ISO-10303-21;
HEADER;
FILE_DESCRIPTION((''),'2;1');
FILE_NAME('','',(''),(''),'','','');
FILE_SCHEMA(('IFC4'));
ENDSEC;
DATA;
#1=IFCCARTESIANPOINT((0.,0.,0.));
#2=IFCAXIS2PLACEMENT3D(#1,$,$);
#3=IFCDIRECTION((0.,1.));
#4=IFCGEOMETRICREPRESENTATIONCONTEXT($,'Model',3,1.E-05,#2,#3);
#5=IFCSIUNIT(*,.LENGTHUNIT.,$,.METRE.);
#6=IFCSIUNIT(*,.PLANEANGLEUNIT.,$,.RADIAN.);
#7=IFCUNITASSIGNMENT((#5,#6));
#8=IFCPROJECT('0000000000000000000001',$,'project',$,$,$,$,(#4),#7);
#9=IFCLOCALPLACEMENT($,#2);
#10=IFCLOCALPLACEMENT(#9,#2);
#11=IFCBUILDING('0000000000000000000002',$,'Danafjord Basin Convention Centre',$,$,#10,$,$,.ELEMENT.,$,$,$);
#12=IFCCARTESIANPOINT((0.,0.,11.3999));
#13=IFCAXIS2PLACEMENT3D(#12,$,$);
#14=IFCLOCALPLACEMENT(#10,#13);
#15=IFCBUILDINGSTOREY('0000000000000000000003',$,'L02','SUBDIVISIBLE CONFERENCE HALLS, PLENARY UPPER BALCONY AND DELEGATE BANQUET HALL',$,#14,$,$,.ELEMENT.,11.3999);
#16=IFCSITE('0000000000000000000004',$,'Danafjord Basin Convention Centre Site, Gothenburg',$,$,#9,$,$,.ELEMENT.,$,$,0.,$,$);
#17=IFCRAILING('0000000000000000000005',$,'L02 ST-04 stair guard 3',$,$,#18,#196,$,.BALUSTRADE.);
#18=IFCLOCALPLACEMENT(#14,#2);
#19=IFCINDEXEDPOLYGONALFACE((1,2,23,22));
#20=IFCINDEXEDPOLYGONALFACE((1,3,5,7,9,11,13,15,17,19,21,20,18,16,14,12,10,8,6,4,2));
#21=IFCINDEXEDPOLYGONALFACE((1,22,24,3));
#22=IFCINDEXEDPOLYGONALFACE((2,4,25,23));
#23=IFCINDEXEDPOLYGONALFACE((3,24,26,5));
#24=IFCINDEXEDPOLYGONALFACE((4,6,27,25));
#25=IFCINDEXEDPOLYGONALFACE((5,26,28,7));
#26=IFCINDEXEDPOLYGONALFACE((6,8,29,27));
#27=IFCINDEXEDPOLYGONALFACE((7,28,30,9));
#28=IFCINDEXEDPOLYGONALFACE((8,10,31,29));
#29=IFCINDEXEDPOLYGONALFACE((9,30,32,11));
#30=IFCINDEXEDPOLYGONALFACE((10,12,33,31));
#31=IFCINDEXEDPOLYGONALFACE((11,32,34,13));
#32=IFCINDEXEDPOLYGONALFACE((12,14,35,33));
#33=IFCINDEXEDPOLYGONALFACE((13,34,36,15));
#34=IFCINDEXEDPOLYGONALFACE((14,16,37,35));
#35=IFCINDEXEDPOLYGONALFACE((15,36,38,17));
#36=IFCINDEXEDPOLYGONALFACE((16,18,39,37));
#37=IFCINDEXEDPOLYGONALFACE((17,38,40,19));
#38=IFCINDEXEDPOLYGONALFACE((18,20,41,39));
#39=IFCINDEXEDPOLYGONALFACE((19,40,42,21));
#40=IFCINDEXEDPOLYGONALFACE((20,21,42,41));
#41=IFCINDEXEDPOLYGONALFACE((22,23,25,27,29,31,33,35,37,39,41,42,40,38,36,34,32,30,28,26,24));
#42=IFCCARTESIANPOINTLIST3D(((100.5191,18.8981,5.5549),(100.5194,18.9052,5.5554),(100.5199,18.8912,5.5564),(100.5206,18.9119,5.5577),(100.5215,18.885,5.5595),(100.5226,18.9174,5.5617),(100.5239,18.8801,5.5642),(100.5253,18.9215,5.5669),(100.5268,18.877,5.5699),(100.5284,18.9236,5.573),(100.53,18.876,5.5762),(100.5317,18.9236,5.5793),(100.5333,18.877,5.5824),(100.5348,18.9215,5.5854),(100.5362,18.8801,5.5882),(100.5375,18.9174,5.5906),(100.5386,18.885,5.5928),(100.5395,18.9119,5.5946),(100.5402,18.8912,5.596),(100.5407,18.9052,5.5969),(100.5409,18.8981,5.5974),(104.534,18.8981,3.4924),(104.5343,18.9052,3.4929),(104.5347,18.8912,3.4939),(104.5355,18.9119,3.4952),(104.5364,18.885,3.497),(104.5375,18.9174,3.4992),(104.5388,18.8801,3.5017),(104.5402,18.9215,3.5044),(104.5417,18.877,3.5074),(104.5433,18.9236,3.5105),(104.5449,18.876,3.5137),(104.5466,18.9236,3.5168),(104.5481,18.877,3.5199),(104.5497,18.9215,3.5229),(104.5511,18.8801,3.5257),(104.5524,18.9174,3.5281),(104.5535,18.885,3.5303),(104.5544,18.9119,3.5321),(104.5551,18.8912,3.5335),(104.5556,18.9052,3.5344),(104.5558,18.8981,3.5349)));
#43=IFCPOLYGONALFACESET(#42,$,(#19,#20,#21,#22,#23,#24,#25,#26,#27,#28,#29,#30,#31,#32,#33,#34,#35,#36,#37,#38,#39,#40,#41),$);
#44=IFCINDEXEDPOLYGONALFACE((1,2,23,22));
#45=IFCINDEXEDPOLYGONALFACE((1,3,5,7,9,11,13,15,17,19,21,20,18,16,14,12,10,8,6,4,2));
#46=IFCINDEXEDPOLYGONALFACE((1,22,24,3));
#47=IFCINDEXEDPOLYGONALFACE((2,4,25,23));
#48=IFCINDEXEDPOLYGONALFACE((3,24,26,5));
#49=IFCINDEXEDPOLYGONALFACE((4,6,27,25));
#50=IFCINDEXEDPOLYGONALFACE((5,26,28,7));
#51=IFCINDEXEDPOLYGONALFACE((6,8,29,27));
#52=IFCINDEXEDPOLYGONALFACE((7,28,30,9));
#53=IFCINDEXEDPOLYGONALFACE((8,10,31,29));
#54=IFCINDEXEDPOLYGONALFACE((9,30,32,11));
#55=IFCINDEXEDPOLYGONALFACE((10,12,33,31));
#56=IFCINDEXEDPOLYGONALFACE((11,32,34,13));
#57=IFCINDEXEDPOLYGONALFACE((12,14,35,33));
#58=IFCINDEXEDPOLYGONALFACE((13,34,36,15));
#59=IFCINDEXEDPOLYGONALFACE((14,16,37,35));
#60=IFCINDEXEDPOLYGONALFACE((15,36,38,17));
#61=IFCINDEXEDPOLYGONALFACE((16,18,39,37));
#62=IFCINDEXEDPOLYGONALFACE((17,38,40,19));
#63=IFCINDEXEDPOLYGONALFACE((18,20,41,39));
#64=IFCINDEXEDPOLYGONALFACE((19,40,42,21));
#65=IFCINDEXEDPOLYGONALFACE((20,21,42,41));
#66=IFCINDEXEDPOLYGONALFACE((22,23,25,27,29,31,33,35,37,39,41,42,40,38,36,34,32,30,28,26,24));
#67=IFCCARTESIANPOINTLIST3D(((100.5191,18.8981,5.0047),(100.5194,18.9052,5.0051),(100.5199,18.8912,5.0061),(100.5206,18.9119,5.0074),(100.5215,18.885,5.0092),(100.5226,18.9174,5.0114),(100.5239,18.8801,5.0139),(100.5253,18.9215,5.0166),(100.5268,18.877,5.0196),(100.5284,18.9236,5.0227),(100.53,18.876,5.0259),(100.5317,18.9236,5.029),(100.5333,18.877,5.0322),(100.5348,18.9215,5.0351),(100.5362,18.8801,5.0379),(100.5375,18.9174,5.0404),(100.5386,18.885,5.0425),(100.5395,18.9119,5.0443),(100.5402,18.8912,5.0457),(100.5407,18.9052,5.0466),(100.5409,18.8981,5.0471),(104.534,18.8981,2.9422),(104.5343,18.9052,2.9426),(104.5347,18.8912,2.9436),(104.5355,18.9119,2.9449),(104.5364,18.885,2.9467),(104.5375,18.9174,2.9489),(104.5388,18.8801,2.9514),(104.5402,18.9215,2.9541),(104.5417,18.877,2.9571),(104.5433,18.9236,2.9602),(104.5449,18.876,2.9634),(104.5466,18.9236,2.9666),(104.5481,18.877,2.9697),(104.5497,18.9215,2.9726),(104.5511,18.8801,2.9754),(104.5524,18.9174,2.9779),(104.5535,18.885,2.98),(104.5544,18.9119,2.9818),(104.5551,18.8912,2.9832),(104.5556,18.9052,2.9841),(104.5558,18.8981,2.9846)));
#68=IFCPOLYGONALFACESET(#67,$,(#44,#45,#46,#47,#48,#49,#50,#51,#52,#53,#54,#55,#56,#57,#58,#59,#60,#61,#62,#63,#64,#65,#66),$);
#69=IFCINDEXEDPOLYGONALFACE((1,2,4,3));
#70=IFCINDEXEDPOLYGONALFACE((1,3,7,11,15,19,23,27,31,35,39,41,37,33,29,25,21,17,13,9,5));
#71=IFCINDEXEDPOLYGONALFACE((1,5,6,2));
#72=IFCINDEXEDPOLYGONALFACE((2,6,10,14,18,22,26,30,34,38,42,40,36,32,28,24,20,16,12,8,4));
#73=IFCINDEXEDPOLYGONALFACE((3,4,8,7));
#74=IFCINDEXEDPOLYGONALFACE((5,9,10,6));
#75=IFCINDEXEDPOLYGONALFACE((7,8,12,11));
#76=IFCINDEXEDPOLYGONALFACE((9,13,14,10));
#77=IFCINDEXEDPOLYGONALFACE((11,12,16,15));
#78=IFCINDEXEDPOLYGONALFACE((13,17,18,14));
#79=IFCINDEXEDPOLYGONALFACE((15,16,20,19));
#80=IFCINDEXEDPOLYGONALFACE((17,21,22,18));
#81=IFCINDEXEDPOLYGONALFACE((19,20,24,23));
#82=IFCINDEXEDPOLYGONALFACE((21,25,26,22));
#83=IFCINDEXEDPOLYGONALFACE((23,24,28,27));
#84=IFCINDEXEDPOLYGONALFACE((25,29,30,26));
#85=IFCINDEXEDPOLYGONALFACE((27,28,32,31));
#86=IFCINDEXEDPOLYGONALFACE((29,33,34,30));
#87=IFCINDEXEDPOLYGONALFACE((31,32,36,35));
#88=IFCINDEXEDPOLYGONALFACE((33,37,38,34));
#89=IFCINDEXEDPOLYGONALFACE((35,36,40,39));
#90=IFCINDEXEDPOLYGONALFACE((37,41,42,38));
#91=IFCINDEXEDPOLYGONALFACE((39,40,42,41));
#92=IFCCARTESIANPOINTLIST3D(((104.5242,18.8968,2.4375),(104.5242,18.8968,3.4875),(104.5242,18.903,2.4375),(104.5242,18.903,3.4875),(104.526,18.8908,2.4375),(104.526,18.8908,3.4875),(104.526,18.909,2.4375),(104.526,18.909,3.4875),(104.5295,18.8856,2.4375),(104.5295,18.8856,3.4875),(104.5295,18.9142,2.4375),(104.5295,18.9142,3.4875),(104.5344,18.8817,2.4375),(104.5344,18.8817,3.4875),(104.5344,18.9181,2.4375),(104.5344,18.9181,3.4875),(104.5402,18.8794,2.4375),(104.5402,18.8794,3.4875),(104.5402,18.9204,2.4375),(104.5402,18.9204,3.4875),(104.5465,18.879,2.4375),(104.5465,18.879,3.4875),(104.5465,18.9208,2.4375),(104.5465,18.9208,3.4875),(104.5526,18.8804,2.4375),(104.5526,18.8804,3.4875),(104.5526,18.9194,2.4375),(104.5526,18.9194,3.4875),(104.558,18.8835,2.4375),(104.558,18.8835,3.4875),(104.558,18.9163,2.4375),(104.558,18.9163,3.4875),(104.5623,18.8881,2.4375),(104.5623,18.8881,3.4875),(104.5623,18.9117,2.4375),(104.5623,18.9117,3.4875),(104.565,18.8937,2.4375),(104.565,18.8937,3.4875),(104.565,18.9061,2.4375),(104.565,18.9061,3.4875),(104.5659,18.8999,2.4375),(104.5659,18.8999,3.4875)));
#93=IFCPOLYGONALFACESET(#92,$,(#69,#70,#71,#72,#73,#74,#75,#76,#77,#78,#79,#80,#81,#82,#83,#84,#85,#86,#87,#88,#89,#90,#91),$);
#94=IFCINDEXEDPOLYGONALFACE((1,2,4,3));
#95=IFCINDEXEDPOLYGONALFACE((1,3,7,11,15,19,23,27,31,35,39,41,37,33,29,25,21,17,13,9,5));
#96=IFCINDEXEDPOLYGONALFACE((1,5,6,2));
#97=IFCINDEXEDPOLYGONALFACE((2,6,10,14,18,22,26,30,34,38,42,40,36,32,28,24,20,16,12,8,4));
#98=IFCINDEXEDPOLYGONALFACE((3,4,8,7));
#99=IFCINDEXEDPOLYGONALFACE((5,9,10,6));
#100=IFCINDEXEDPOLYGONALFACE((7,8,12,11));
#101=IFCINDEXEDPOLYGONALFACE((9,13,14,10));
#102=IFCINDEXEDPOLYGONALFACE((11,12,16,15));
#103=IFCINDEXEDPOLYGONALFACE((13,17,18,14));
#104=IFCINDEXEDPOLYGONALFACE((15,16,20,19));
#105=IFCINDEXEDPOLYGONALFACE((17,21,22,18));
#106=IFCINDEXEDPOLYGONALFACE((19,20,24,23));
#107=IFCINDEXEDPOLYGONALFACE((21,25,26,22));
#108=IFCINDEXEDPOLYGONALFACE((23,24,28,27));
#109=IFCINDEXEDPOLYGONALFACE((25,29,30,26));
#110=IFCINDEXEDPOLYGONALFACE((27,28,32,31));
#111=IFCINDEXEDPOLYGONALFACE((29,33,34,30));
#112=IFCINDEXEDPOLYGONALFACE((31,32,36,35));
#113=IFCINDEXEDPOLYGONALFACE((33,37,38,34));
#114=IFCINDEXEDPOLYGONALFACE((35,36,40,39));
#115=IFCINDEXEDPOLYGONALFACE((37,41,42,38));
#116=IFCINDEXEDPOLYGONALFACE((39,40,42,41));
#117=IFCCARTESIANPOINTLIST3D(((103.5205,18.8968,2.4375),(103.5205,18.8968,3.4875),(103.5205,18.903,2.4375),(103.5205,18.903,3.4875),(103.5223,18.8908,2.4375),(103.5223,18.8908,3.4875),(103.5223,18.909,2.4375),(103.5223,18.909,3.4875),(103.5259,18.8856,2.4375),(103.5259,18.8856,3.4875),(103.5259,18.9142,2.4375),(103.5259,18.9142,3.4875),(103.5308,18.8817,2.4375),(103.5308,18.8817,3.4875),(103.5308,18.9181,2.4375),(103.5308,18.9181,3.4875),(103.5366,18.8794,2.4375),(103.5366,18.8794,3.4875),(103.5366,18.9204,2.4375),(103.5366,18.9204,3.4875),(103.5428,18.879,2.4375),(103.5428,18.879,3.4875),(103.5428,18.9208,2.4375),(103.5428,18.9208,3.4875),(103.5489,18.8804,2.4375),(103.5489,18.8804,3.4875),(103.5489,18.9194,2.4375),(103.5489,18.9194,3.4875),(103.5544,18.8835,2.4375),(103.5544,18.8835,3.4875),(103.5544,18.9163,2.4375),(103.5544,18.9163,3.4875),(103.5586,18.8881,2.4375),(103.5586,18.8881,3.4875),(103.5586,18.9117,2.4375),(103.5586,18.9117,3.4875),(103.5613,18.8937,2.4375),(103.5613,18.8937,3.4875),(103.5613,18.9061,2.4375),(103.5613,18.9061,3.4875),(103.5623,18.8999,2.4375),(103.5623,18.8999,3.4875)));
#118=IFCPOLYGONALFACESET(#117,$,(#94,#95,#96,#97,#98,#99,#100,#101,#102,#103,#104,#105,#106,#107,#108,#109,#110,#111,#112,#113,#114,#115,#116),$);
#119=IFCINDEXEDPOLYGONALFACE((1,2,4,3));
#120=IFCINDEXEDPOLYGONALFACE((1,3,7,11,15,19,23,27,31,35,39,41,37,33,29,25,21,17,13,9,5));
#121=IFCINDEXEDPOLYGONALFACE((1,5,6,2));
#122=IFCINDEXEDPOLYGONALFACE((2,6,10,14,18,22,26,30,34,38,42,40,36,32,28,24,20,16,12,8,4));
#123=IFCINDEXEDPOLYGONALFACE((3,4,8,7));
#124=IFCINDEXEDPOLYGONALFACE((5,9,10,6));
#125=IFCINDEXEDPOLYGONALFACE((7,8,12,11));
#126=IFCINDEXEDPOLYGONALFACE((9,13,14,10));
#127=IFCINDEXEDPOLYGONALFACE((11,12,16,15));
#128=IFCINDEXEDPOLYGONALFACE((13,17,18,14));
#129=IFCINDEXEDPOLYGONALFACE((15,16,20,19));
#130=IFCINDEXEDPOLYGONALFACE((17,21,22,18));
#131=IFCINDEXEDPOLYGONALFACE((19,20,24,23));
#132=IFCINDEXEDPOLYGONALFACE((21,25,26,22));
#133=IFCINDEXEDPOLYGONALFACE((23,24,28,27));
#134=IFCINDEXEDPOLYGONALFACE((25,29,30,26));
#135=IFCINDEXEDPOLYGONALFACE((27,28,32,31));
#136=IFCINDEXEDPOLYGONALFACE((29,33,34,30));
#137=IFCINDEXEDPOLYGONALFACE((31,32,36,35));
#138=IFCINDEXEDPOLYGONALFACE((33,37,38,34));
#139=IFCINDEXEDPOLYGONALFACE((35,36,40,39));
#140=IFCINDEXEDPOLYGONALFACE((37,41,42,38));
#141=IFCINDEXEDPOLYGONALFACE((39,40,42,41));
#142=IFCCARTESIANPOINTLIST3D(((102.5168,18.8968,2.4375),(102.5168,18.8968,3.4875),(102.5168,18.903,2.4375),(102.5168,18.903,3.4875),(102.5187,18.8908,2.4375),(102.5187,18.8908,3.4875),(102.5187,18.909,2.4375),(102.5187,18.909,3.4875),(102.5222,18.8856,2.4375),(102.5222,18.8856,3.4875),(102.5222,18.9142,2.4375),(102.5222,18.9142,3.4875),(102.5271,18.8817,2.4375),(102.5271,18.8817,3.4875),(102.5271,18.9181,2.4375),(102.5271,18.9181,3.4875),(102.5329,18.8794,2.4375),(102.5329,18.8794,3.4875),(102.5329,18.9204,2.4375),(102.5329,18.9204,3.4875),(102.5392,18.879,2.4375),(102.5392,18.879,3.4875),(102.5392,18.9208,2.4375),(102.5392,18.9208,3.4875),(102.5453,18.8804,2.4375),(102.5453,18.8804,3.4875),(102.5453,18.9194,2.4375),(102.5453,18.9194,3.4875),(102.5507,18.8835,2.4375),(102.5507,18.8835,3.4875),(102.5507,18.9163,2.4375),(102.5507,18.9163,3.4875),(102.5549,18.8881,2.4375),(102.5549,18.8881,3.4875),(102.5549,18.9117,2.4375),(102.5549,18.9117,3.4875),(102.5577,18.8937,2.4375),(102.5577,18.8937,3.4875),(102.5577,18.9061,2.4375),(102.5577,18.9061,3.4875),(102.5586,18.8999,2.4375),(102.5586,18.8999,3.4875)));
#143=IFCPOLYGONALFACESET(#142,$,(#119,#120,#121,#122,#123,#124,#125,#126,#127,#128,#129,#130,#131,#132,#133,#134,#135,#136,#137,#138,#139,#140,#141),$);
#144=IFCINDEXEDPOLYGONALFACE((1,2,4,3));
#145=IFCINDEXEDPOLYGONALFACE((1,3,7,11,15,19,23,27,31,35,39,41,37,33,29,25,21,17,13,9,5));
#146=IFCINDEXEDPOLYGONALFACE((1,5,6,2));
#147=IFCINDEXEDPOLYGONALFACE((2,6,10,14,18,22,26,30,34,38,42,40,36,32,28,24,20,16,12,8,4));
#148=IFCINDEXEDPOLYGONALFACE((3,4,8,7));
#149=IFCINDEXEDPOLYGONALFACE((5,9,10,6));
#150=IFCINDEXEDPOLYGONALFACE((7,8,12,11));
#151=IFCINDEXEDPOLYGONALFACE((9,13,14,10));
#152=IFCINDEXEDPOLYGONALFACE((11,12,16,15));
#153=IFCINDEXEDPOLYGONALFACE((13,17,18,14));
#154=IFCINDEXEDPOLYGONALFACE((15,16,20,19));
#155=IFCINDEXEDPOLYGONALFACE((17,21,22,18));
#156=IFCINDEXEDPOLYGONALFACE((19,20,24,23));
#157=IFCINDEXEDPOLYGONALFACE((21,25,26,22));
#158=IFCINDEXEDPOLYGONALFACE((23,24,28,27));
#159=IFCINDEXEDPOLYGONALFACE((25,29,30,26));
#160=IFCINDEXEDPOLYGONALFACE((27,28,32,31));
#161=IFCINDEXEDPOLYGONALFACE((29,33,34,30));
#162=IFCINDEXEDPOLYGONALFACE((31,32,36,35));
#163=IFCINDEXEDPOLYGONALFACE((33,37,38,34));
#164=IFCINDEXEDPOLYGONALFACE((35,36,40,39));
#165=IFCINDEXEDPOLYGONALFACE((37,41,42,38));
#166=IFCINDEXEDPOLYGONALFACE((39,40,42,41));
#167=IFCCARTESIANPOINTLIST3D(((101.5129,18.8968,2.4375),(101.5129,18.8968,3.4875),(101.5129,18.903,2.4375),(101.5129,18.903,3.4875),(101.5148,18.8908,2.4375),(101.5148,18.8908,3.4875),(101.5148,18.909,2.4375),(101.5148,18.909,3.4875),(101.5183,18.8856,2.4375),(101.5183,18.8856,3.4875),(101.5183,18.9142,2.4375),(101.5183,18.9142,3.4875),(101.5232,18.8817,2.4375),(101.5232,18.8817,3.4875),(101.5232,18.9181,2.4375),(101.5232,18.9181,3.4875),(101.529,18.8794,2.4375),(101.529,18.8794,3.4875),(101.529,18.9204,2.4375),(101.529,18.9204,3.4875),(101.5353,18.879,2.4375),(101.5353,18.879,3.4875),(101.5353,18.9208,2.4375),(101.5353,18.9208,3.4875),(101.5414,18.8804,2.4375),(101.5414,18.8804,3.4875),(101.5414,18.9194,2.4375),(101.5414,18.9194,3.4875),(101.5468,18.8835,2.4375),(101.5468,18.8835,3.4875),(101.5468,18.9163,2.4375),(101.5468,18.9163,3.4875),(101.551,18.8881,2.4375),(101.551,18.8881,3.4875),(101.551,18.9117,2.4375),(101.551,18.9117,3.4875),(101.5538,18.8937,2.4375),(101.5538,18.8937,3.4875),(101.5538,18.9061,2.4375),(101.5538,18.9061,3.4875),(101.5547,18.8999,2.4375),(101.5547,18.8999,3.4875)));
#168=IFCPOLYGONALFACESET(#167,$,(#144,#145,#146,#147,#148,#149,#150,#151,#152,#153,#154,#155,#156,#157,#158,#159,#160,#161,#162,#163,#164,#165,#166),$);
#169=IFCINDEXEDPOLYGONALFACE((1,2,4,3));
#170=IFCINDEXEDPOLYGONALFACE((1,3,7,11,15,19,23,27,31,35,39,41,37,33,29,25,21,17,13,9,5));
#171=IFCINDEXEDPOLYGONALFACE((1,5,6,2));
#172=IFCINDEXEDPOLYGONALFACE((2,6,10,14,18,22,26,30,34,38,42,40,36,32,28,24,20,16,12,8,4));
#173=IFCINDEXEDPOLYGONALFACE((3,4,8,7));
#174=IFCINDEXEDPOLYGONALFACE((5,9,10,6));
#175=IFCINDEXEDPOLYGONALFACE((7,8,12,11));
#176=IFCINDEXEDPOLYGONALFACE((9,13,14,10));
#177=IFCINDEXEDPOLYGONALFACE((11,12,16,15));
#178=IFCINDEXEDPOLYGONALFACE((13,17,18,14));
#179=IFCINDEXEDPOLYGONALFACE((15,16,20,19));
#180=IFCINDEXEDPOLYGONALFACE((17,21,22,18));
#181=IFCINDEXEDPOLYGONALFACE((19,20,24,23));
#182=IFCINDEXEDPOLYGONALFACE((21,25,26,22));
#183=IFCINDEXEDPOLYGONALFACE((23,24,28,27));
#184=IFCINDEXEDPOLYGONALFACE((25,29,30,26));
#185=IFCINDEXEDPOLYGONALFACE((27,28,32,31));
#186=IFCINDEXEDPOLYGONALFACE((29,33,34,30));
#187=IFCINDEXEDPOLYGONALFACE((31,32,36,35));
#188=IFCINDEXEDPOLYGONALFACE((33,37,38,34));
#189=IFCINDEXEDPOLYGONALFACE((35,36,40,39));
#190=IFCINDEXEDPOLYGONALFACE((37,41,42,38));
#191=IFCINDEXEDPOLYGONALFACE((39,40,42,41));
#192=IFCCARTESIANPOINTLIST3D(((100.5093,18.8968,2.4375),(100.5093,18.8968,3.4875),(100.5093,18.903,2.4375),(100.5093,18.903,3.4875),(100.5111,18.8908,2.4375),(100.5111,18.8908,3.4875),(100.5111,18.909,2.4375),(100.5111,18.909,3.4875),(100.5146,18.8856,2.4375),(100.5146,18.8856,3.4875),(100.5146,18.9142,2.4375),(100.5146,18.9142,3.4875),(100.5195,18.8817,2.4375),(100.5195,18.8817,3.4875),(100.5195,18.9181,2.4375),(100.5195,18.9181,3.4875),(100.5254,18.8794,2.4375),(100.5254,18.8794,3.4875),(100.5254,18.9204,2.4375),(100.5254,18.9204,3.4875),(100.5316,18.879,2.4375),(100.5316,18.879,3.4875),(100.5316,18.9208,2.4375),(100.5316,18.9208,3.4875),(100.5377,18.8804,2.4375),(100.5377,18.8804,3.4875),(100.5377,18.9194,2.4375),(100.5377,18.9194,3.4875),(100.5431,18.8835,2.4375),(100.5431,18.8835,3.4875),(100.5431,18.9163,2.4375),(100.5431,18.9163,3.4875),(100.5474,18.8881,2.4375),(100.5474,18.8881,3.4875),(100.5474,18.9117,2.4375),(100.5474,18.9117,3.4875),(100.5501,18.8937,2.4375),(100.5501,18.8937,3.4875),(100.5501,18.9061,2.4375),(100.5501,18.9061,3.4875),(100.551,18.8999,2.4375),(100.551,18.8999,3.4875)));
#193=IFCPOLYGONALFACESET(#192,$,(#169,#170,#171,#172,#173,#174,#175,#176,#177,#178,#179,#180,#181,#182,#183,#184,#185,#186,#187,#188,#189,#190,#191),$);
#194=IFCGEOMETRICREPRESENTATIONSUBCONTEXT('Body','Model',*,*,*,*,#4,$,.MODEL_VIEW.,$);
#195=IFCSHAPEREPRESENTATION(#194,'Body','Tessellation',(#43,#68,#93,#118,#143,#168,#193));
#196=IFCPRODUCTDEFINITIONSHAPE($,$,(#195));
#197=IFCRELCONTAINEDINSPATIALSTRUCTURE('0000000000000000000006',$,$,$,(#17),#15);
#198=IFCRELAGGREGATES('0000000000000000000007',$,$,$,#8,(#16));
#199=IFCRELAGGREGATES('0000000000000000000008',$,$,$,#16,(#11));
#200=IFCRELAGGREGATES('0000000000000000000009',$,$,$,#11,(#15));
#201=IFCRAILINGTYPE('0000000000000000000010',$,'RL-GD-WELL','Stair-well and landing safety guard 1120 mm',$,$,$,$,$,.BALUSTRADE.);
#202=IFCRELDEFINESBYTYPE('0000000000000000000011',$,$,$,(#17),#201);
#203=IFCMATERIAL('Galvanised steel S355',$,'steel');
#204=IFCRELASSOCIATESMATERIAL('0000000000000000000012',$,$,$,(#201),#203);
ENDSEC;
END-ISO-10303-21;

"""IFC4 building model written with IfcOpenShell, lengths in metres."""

from ifc_helpers import new_model, si_unit, direction, frame, origin, origin_2d, place, context, subcontext, project, spatial, circle, extrude, material, type_object, element, save


model = new_model("IFC4")

# Units and contexts
model_context = context("Model", 3, precision=1e-05, world=origin(), true_north=direction((0.0, 1.0)))
body_context = subcontext(model_context, "Body", "Model", "MODEL_VIEW")
ifc_project = project(units=[si_unit("LENGTHUNIT", "METRE"), si_unit("PLANEANGLEUNIT", "RADIAN")], contexts=[model_context])

# Site, building, storey
site_placement = place(None, origin())
site = spatial("IfcSite", under=ifc_project, at=site_placement, Name="Danafjord Basin Convention Centre Site, Gothenburg", CompositionType="ELEMENT", RefElevation=0.0)
building_placement = place(site_placement, origin())
building = spatial("IfcBuilding", under=site, at=building_placement, Name="Danafjord Basin Convention Centre", CompositionType="ELEMENT")
storey_placement = place(building_placement, frame((0.0, 0.0, 11.3999)))
storey = spatial("IfcBuildingStorey", under=building, at=storey_placement, Name="L02", Description="SUBDIVISIBLE CONFERENCE HALLS, PLENARY UPPER BALCONY AND DELEGATE BANQUET HALL", CompositionType="ELEMENT", Elevation=11.3999)

# Railing
ifc_material_1 = material(Name="Galvanised steel S355", Category="steel")
railing_type_1 = type_object("IfcRailingType", Name="RL-GD-WELL", Description="Stair-well and landing safety guard 1120 mm", PredefinedType="BALUSTRADE", material=ifc_material_1)
railing_1_placement = place(storey_placement, frame((104.5449, 18.8999, 2.4375)))
element("IfcRailing", 1, at=railing_1_placement, inside=storey, type_object=railing_type_1, Name="L02 ST-04 stair guard 3", PredefinedType="BALUSTRADE", context=body_context, shape_type="SweptSolid", body=[
    extrude(circle(Radius=0.0239, at=origin_2d()), frame((0.0, 0.0, 1.0762), z_axis=(-0.889495, 0.0, 0.456945), x_axis=(0.0, -1.0, 0.0)), (0.0, 0.0, 1.0), 4.5137),
    extrude(circle(Radius=0.0239, at=origin_2d()), frame((0.0, 0.0, 0.5259), z_axis=(-0.889495, 0.0, 0.456945), x_axis=(0.0, -1.0, 0.0)), (0.0, 0.0, 1.0), 4.5137),
    extrude(circle(Radius=0.021, at=origin_2d()), origin(), (0.0, 0.0, 1.0), 1.05),
    extrude(circle(Radius=0.021, at=origin_2d()), frame((-1.0037, 0.0, 0.0)), (0.0, 0.0, 1.0), 1.05),
    extrude(circle(Radius=0.021, at=origin_2d()), frame((-2.0073, 0.0, 0.0)), (0.0, 0.0, 1.0), 1.05),
    extrude(circle(Radius=0.021, at=origin_2d()), frame((-3.0112, 0.0, 0.0)), (0.0, 0.0, 1.0), 1.05),
    extrude(circle(Radius=0.021, at=origin_2d()), frame((-4.0149, 0.0, 0.0)), (0.0, 0.0, 1.0), 1.05),
])

save(model, "model.ifc")
